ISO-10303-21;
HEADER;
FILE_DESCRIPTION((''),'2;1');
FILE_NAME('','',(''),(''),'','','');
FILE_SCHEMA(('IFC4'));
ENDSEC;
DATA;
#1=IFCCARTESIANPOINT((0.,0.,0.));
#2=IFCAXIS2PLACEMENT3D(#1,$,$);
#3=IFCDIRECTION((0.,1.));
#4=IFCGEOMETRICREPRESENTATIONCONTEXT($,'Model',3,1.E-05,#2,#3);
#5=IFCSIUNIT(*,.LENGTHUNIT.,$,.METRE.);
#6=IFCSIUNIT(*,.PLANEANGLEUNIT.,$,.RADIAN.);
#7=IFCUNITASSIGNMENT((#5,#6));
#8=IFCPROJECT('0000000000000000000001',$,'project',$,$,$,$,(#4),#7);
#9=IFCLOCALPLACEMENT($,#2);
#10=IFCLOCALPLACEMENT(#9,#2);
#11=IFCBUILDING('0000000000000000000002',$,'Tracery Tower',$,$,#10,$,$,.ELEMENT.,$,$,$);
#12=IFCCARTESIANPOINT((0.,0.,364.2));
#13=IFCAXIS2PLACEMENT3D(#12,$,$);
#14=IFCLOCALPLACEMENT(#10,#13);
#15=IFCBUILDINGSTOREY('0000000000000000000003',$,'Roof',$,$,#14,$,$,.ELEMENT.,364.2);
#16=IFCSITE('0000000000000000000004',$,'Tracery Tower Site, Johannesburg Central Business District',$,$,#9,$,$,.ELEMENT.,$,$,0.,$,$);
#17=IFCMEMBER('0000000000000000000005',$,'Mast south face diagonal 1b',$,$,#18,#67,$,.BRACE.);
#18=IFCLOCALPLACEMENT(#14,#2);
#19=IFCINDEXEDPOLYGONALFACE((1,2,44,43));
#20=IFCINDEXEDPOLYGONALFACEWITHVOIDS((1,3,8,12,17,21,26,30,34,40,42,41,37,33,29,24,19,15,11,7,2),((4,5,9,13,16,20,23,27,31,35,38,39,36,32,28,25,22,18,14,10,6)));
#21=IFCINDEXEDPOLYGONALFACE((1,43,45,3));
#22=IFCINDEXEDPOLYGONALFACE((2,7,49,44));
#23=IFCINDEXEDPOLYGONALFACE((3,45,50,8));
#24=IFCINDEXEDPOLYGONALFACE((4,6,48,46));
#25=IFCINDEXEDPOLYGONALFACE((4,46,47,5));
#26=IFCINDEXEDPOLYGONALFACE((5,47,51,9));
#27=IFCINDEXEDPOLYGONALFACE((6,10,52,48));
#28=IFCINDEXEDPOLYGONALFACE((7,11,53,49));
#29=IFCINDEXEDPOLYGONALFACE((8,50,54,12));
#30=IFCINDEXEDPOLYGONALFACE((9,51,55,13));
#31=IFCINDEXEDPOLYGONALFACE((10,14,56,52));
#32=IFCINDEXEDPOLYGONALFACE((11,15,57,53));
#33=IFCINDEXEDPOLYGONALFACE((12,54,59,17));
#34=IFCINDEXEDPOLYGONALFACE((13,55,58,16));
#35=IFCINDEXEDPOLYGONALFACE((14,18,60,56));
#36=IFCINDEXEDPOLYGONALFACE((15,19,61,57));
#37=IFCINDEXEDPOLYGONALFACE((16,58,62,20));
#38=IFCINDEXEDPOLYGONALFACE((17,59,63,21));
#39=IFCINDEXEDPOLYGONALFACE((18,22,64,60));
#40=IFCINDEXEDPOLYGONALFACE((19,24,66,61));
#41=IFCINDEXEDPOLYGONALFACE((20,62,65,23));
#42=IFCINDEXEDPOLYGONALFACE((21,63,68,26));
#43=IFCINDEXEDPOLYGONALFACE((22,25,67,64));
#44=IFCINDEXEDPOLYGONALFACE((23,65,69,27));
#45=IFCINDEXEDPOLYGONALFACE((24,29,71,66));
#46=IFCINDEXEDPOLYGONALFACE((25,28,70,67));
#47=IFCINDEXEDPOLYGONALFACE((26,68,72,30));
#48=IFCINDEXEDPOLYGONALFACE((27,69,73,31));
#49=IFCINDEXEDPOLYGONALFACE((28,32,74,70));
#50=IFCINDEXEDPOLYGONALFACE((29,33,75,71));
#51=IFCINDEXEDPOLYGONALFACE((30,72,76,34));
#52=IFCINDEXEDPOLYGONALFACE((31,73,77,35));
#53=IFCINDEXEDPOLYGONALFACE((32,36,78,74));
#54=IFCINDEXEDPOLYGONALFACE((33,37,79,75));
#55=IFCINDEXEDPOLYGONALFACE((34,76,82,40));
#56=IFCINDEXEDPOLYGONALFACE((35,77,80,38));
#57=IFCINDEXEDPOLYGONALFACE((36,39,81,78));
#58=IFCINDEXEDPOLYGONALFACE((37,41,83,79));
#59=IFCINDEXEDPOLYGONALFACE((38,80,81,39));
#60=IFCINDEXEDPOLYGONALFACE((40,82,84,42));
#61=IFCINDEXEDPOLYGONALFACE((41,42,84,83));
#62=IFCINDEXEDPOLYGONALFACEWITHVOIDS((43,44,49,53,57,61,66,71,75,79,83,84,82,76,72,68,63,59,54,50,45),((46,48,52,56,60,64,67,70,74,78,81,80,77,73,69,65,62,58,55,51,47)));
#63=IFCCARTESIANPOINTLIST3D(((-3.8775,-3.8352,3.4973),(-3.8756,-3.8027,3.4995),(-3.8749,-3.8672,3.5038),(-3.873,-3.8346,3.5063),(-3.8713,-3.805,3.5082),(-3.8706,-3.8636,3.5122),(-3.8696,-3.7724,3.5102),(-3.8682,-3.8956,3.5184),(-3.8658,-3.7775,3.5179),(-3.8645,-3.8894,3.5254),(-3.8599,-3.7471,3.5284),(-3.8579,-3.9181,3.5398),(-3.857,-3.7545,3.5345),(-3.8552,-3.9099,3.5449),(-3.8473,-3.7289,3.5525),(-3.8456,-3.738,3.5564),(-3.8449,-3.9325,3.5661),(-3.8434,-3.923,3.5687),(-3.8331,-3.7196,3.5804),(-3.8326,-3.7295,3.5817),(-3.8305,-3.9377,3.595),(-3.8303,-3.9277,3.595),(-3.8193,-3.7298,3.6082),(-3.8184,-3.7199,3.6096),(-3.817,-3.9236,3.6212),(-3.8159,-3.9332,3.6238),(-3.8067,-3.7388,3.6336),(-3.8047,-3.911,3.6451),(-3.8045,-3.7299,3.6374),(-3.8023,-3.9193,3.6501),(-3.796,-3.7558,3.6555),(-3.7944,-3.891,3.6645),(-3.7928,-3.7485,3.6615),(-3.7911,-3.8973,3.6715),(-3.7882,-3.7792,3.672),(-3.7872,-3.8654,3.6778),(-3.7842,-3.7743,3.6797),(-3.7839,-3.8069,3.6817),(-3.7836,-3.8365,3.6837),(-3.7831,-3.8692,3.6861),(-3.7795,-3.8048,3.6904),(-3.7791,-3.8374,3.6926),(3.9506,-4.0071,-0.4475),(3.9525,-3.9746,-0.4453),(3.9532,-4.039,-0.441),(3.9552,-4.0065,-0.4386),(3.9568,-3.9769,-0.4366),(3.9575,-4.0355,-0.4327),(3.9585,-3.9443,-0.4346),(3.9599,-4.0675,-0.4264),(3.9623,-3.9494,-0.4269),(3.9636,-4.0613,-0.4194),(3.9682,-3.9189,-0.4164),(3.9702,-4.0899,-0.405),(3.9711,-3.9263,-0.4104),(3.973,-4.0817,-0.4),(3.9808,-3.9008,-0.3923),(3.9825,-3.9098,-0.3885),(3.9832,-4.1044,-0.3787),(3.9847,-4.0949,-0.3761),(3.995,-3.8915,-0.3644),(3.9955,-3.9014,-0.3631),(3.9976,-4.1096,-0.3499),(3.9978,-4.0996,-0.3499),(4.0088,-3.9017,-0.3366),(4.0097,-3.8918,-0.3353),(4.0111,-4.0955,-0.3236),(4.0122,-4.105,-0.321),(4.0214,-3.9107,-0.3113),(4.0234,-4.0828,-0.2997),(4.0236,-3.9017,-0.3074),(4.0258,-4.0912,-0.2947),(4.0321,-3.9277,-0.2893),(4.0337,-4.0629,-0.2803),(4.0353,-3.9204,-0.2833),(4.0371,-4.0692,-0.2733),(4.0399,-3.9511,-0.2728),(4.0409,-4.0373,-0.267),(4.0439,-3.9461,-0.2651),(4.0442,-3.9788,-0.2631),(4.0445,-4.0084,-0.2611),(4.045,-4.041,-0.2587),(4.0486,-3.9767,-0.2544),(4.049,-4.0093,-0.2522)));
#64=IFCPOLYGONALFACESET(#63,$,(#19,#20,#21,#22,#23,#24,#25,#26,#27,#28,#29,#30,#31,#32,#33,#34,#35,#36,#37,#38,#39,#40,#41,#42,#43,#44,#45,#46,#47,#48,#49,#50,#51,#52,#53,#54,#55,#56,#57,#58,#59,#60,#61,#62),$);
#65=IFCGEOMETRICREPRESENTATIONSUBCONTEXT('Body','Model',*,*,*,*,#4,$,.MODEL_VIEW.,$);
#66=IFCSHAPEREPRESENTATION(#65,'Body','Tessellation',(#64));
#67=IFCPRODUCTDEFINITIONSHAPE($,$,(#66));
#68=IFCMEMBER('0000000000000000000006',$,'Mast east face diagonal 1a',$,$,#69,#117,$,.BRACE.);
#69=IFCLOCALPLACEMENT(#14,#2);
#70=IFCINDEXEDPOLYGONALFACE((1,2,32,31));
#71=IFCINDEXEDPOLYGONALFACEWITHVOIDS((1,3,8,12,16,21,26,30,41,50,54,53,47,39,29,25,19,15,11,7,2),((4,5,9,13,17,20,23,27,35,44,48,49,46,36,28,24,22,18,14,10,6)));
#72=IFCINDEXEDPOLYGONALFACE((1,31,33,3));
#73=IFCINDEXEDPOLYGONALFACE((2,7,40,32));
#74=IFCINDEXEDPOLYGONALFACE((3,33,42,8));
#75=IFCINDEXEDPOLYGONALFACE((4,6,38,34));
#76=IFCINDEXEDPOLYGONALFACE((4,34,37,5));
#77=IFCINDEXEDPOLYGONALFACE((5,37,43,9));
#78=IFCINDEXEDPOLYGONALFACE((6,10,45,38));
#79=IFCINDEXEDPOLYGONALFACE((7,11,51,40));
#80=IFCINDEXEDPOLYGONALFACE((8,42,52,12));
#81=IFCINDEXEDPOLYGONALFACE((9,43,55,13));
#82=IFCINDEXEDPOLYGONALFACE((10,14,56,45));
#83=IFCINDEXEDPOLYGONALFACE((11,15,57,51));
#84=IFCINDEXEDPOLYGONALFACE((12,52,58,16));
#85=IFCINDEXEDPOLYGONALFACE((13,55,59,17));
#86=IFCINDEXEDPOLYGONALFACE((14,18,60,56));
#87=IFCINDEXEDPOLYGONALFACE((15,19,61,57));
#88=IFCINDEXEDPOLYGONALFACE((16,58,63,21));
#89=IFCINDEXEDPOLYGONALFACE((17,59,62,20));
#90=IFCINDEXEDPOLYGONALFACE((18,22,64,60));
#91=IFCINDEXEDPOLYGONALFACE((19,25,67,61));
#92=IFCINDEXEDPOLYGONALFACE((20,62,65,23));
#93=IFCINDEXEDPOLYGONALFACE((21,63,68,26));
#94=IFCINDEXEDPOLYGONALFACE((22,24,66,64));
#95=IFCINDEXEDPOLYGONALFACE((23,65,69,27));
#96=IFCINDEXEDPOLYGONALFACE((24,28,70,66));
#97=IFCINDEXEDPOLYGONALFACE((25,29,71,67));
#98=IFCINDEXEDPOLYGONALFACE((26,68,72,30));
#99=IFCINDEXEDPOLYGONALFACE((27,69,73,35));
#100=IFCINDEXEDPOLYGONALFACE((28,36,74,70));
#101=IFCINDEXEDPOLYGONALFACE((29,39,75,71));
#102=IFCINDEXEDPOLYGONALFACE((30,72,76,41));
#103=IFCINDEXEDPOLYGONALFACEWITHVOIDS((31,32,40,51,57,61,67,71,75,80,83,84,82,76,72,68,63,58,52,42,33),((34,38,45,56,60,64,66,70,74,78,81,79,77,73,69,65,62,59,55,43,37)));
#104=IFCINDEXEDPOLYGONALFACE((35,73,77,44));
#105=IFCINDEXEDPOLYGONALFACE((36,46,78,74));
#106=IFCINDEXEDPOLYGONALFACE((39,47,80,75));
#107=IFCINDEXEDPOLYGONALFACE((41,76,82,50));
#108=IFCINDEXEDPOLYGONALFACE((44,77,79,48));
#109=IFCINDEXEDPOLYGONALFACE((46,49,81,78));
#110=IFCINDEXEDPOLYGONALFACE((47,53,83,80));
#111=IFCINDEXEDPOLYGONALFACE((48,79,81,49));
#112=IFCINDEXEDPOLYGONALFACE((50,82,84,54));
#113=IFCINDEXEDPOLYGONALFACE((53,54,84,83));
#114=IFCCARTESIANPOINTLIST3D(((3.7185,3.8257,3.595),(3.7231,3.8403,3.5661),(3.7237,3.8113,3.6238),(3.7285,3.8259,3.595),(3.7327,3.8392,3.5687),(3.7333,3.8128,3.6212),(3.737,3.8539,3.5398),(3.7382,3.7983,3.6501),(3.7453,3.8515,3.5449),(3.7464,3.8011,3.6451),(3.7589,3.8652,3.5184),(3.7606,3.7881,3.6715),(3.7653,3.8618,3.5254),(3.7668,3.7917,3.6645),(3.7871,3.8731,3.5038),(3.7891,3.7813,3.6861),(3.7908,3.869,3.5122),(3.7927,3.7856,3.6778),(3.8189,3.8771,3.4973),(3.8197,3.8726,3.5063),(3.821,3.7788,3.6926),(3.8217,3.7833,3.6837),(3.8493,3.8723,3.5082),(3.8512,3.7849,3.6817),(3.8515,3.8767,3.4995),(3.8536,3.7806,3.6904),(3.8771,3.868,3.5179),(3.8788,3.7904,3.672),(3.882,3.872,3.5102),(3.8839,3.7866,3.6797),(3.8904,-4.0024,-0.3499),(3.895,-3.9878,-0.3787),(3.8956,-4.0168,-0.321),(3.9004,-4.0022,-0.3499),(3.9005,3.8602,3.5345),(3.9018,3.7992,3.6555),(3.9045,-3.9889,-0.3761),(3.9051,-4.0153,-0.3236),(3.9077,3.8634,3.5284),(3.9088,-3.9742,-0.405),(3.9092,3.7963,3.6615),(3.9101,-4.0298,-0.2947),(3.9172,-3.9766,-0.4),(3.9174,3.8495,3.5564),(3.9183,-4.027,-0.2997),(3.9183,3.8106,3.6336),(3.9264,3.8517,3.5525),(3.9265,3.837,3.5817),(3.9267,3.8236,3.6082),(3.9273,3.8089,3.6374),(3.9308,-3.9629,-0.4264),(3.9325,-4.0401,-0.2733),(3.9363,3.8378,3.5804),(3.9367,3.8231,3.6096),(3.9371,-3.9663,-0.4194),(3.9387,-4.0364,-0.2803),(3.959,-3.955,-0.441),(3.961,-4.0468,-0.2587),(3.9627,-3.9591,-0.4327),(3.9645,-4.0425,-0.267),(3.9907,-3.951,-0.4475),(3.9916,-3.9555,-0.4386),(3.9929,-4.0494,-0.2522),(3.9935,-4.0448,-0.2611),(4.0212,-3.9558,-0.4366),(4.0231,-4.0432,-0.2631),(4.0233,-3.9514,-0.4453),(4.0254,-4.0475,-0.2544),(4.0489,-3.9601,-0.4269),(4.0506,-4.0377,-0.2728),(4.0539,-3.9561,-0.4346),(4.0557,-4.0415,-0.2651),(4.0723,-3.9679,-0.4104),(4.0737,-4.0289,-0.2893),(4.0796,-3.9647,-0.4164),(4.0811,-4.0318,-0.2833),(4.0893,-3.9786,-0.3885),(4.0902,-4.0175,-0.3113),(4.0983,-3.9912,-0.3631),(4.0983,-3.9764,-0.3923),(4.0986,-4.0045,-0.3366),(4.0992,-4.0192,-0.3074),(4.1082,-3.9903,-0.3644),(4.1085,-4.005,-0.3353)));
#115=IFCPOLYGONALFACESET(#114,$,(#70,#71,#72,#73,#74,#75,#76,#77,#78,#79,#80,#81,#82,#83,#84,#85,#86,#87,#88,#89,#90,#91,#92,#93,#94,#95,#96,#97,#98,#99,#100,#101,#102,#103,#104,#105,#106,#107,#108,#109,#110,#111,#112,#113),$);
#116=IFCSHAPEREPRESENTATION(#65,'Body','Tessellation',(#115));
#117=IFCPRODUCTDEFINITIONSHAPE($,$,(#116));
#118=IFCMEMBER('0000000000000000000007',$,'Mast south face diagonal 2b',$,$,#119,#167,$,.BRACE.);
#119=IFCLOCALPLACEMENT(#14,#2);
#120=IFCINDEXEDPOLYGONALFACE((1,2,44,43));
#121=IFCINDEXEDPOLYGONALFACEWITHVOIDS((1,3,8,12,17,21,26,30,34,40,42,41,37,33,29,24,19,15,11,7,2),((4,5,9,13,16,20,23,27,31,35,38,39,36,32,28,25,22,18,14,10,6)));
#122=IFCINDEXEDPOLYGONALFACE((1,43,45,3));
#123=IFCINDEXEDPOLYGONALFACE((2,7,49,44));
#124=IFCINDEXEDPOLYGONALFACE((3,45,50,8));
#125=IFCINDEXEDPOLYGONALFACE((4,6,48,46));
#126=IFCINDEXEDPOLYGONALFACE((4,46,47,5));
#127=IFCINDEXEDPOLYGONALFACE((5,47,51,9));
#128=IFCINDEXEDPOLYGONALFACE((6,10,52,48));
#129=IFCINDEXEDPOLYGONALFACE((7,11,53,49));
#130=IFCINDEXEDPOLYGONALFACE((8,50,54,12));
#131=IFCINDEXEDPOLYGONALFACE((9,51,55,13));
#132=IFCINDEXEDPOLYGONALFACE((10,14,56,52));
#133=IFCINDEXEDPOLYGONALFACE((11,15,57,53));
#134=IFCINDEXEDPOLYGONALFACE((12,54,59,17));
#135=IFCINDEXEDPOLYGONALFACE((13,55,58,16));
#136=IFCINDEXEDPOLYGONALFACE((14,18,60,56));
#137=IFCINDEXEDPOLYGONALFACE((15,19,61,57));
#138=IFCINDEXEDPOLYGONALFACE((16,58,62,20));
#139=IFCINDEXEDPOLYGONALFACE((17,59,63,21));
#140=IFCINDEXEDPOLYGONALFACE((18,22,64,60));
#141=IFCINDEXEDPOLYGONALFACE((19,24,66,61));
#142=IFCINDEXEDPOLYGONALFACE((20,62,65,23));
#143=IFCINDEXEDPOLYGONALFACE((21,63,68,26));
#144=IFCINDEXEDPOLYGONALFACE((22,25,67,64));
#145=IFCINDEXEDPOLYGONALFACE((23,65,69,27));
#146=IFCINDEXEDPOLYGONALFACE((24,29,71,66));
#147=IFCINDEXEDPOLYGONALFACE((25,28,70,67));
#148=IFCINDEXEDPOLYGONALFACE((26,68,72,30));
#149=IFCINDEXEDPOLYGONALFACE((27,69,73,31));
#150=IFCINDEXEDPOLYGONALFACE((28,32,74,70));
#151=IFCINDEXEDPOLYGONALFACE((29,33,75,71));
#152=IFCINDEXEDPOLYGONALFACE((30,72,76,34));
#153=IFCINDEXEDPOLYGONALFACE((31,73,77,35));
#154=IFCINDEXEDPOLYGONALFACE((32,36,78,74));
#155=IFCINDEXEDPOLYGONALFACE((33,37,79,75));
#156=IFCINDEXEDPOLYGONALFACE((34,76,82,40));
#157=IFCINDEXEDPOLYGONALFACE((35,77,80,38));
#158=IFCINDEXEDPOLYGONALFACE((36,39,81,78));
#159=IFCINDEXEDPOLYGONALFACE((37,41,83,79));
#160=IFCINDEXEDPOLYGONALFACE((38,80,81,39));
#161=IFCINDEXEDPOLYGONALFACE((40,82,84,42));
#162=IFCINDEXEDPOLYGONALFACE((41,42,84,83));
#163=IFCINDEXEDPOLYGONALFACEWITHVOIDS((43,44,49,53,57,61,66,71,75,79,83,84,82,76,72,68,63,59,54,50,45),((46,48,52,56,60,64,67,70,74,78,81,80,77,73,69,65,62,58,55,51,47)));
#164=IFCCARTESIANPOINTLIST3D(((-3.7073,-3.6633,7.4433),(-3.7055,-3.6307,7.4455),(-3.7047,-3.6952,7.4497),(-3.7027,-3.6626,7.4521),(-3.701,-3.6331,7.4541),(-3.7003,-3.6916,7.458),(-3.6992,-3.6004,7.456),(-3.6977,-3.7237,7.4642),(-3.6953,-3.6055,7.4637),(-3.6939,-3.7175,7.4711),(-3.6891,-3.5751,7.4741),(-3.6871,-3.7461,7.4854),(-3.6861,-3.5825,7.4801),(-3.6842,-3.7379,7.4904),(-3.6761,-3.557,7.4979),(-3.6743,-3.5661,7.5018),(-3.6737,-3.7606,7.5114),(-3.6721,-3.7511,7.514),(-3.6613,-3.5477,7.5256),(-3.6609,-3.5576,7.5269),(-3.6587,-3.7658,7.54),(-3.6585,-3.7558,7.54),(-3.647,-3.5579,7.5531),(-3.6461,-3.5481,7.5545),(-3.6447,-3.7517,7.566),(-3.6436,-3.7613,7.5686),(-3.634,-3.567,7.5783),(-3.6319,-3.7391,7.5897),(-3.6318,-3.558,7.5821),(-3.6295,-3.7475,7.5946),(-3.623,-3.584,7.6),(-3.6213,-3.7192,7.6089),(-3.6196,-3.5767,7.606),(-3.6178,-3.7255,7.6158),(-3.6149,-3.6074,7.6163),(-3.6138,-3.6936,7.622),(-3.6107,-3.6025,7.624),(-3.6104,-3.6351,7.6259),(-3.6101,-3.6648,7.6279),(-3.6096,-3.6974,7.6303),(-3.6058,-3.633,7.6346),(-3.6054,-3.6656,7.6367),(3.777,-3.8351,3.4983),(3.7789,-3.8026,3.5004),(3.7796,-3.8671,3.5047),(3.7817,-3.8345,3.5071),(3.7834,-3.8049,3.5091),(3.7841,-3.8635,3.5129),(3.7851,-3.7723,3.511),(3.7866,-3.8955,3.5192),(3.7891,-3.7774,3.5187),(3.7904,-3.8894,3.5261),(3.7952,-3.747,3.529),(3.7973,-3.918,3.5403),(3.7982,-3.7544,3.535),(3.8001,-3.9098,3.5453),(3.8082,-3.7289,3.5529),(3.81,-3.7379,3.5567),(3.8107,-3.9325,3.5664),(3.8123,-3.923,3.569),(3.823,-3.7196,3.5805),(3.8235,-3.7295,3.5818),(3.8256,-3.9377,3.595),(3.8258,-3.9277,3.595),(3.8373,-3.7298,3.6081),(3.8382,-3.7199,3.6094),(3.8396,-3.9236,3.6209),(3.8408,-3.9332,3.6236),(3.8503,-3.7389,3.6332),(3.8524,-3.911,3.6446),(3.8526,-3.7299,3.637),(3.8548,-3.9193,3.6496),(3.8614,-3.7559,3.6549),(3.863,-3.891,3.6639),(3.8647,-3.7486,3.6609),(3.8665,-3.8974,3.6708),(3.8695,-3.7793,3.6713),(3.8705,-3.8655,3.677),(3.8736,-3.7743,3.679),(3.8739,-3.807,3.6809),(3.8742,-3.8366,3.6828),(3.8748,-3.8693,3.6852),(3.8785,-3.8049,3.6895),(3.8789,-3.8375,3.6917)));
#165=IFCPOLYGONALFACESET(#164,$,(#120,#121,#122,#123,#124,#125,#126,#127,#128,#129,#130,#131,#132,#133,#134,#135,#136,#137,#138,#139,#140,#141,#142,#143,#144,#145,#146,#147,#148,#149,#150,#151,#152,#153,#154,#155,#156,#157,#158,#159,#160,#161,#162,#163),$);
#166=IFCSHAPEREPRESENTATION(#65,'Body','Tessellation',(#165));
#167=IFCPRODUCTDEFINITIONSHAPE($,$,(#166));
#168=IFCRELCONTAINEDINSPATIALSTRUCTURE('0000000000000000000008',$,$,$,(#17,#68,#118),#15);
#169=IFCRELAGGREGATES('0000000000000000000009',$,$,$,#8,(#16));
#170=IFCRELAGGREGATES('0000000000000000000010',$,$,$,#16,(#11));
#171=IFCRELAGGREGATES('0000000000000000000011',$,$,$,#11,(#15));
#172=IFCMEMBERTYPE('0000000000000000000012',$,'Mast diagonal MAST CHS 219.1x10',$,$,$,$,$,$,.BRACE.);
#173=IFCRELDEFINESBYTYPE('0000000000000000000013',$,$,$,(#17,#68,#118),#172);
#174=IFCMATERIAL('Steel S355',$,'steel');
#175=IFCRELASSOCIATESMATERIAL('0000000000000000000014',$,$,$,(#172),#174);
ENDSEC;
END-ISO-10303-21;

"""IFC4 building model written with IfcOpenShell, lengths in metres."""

from ifc_helpers import new_model, si_unit, direction, frame, origin, origin_2d, place, context, subcontext, project, spatial, hollow_circle, extrude, material, material_profile, profile_set, type_object, element, save


model = new_model("IFC4")

# Units and contexts
model_context = context("Model", 3, precision=1e-05, world=origin(), true_north=direction((0.0, 1.0)))
body_context = subcontext(model_context, "Body", "Model", "MODEL_VIEW")
ifc_project = project(units=[si_unit("LENGTHUNIT", "METRE"), si_unit("PLANEANGLEUNIT", "RADIAN")], contexts=[model_context])

# Site, building, storey
site_placement = place(None, origin())
site = spatial("IfcSite", under=ifc_project, at=site_placement, Name="Tracery Tower Site, Johannesburg Central Business District", CompositionType="ELEMENT", RefElevation=0.0)
building_placement = place(site_placement, origin())
building = spatial("IfcBuilding", under=site, at=building_placement, Name="Tracery Tower", CompositionType="ELEMENT")
storey_placement = place(building_placement, frame((0.0, 0.0, 364.2)))
storey = spatial("IfcBuildingStorey", under=building, at=storey_placement, Name="Roof", CompositionType="ELEMENT", Elevation=364.2)

# Members
ifc_material_1 = material(Name="Steel S355", Category="steel")
ifc_material_profile_1 = material_profile(ifc_material_1, hollow_circle(Radius=0.1096, WallThickness=0.01, at=origin_2d()), Name="CHS 219.1x10")
ifc_profile_set_1 = profile_set([ifc_material_profile_1], Name="Steel S355")
member_type_1 = type_object("IfcMemberType", Name="Mast diagonal MAST CHS 219.1x10", PredefinedType="BRACE", material=ifc_profile_set_1)
for number, where, z_axis, x_axis, name in (
    (1, (4.0, -4.0, -0.3499), (-0.892847, 0.019603, 0.449932), (-0.021951, -0.999759, 0.0), "Mast south face diagonal 1b"),
    (2, (4.0, -4.0, -0.3499), (-0.019603, 0.892847, 0.449932), (-0.999759, -0.021951, 0.0), "Mast east face diagonal 1a"),
):
    element("IfcMember", number, at=place(storey_placement, frame(where, z_axis=z_axis, x_axis=x_axis)), inside=storey, type_object=member_type_1, Name=name, PredefinedType="BRACE", context=body_context, shape_type="SweptSolid", body=[
        extrude(hollow_circle(Radius=0.1096, WallThickness=0.01, at=origin_2d()), origin(), (0.0, 0.0, 1.0), 8.7676),
    ])
for number, where, z_axis, x_axis, name in (
    (3, (3.8281, -3.8281, 3.595), (-0.884447, 0.020311, 0.466198), (-0.022958, -0.999736, 0.0), "Mast south face diagonal 2b"),
):
    element("IfcMember", number, at=place(storey_placement, frame(where, z_axis=z_axis, x_axis=x_axis)), inside=storey, type_object=member_type_1, Name=name, PredefinedType="BRACE", context=body_context, shape_type="SweptSolid", body=[
        extrude(hollow_circle(Radius=0.1096, WallThickness=0.01, at=origin_2d()), origin(), (0.0, 0.0, 1.0), 8.4622),
    ])

save(model, "model.ifc")
